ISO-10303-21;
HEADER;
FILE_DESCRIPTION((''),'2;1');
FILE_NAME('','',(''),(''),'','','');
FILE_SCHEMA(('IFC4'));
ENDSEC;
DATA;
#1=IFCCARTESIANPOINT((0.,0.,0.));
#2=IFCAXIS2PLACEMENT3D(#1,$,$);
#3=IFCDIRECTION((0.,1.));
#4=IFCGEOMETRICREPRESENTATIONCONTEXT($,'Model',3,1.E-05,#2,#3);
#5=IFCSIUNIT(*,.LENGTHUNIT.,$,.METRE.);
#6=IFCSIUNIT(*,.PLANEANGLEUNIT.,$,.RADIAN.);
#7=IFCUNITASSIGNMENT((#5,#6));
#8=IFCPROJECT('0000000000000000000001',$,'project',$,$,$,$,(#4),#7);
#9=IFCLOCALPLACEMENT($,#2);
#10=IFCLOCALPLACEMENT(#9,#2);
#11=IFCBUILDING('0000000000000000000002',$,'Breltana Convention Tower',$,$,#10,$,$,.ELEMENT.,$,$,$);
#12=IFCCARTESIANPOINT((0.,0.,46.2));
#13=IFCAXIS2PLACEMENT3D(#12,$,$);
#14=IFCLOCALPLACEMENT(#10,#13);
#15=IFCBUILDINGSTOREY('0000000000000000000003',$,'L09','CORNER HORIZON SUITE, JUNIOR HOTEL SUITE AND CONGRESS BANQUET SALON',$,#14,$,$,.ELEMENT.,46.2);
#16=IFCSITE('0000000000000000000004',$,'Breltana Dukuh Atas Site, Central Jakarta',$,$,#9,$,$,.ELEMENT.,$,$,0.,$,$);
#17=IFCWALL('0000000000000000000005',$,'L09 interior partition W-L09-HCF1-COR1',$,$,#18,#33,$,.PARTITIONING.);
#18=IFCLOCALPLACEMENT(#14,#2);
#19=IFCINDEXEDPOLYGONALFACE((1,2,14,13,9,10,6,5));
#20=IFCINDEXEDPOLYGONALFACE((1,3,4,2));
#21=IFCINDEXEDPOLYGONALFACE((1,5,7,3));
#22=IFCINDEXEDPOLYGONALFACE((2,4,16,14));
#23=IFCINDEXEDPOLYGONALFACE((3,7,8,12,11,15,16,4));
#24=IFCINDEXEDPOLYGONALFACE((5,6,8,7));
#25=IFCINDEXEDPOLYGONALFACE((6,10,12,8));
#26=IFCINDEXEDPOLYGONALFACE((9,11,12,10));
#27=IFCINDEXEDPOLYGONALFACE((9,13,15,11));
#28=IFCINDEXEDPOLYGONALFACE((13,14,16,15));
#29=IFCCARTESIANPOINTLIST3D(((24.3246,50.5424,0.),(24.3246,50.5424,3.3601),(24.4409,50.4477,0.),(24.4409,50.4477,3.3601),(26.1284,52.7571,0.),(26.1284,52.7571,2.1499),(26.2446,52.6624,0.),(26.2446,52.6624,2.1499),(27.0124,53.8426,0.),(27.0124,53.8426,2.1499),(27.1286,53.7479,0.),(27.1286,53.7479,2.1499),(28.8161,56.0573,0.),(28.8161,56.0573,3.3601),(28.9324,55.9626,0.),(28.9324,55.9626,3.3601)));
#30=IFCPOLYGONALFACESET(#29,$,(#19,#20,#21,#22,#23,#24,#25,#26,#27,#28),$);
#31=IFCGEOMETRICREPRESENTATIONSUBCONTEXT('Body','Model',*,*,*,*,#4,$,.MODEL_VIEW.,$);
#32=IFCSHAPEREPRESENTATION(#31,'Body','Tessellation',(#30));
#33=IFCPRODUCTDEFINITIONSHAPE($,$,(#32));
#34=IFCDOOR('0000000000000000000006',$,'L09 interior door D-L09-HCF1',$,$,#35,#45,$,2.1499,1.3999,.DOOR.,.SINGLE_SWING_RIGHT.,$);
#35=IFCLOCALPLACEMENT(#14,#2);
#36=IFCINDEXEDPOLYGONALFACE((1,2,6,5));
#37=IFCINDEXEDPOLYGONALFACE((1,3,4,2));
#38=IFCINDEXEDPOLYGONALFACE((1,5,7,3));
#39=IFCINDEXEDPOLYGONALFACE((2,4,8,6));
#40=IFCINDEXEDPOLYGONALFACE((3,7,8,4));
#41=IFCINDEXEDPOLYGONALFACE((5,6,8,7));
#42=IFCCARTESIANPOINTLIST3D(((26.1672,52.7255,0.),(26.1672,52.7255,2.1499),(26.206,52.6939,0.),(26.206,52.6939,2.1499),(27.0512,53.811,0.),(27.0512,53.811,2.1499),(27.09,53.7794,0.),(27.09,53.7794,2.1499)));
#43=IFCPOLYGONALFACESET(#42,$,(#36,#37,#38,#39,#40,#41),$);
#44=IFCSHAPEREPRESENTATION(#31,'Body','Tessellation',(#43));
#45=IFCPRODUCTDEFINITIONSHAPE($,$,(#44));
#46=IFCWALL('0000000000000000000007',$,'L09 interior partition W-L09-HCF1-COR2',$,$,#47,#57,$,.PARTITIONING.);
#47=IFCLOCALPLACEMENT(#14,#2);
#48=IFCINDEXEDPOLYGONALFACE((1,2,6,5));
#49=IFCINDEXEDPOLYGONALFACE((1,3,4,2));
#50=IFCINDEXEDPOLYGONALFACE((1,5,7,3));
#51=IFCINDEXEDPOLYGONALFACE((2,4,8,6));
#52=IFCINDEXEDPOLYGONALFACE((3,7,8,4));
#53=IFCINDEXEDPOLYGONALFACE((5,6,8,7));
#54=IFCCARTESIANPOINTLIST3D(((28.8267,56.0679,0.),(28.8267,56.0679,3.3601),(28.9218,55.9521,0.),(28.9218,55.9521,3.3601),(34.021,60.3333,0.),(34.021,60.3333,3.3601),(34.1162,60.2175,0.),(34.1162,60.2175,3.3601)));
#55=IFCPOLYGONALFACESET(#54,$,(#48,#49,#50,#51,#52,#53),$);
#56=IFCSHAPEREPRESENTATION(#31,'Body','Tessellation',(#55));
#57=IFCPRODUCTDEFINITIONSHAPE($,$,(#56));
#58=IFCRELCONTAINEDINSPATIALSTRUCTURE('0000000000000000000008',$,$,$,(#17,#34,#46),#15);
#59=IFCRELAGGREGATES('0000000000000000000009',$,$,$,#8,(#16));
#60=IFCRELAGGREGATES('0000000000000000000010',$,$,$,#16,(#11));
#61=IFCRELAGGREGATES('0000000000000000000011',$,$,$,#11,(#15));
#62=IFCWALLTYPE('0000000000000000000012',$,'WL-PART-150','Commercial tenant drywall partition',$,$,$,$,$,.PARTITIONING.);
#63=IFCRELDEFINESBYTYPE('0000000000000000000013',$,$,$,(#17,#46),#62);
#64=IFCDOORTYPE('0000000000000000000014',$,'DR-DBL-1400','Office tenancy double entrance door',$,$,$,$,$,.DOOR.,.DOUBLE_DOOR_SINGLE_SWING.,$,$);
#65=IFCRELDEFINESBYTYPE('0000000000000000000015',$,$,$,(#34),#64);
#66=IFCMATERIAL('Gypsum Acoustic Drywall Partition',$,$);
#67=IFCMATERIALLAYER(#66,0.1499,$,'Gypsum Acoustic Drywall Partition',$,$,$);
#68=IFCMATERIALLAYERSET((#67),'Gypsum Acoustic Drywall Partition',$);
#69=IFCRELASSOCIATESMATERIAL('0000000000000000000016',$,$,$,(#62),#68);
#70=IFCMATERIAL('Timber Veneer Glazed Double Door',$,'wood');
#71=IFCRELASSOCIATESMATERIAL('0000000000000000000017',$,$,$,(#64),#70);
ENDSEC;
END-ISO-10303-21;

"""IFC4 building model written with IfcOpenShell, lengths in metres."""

from ifc_helpers import new_model, si_unit, direction, frame, frame_2d, origin, place, context, subcontext, project, spatial, rectangle, extrude, source, transform, mapped, material, layer, layer_set, type_object, type_shapes, element, fill, save


model = new_model("IFC4")

# Units and contexts
model_context = context("Model", 3, precision=1e-05, world=origin(), true_north=direction((0.0, 1.0)))
body_context = subcontext(model_context, "Body", "Model", "MODEL_VIEW")
ifc_project = project(units=[si_unit("LENGTHUNIT", "METRE"), si_unit("PLANEANGLEUNIT", "RADIAN")], contexts=[model_context])

# Site, building, storey
site_placement = place(None, origin())
site = spatial("IfcSite", under=ifc_project, at=site_placement, Name="Breltana Dukuh Atas Site, Central Jakarta", CompositionType="ELEMENT", RefElevation=0.0)
building_placement = place(site_placement, origin())
building = spatial("IfcBuilding", under=site, at=building_placement, Name="Breltana Convention Tower", CompositionType="ELEMENT")
storey_placement = place(building_placement, frame((0.0, 0.0, 46.2)))
storey = spatial("IfcBuildingStorey", under=building, at=storey_placement, Name="L09", Description="CORNER HORIZON SUITE, JUNIOR HOTEL SUITE AND CONGRESS BANQUET SALON", CompositionType="ELEMENT", Elevation=46.2)

# Shared definitions
ifc_material_1 = material(Name="Gypsum Acoustic Drywall Partition")
ifc_layer_1 = layer(ifc_material_1, 0.1499, Name="Gypsum Acoustic Drywall Partition")
ifc_layer_set_1 = layer_set([ifc_layer_1], Name="Gypsum Acoustic Drywall Partition")
wall_type_1 = type_object("IfcWallType", Name="WL-PART-150", Description="Commercial tenant drywall partition", PredefinedType="PARTITIONING", material=ifc_layer_set_1)

# Wall, opening, door
shared_shape_1 = source(origin(), body_context, "Body", "SweptSolid", [
    extrude(rectangle(XDim=7.1125, YDim=0.1499, at=frame_2d((3.5562, 0.0))), origin(), (0.0, 0.0, 1.0), 3.3601),
])
wall_1_placement = place(storey_placement, frame((24.3828, 50.4951, 0.0), z_axis=(0.0, 0.0, 1.0), x_axis=(0.63149, 0.775384, 0.0)))
wall_1 = element("IfcWall", 1, at=wall_1_placement, inside=storey, type_object=wall_type_1, Name="L09 interior partition W-L09-HCF1-COR1", PredefinedType="PARTITIONING", context=body_context, shape_type="MappedRepresentation", body=[
    mapped(shared_shape_1, transform((0.0, 0.0, 0.0), scale=1.0)),
])
opening_1_placement = place(wall_1_placement, frame((2.8562, 0.0, 0.0)))
opening_1 = element("IfcOpeningElement", 2, at=opening_1_placement, cuts=wall_1, PredefinedType="OPENING", context=body_context, shape_type="SweptSolid", body=[
    extrude(rectangle(XDim=1.3999, YDim=2.1499, at=frame_2d((0.7, 1.075))), frame((0.0, 0.085, 0.0), z_axis=(0.0, -1.0, 0.0), x_axis=(1.0, 0.0, 0.0)), (0.0, 0.0, 1.0), 0.1699),
])
ifc_material_2 = material(Name="Timber Veneer Glazed Double Door", Category="wood")
door_type_1 = type_object("IfcDoorType", Name="DR-DBL-1400", Description="Office tenancy double entrance door", OperationType="DOUBLE_DOOR_SINGLE_SWING", PredefinedType="DOOR", material=ifc_material_2)
shared_shape_2 = source(origin(), body_context, "Body", "SweptSolid", [
    extrude(rectangle(XDim=1.3999, YDim=2.1499, at=frame_2d((0.7, 1.075))), frame((0.0, 0.0249, 0.0), z_axis=(0.0, -1.0, 0.0), x_axis=(1.0, 0.0, 0.0)), (0.0, 0.0, 1.0), 0.05),
])
type_shapes(door_type_1, [shared_shape_2])
door_1_placement = place(opening_1_placement, origin())
door_1 = element("IfcDoor", 3, at=door_1_placement, inside=storey, type_object=door_type_1, Name="L09 interior door D-L09-HCF1", OperationType="SINGLE_SWING_RIGHT", OverallHeight=2.1499, OverallWidth=1.3999, PredefinedType="DOOR", context=body_context, shape_type="MappedRepresentation", body=[
    mapped(shared_shape_2, transform((0.0, 0.0, 0.0), scale=1.0)),
])
fill(opening_1, door_1)

# Wall
shared_shape_3 = source(origin(), body_context, "Body", "SweptSolid", [
    extrude(rectangle(XDim=6.7212, YDim=0.1499, at=frame_2d((3.3606, 0.0))), origin(), (0.0, 0.0, 1.0), 3.3601),
])
wall_2_placement = place(storey_placement, frame((28.8743, 56.01, 0.0), z_axis=(0.0, 0.0, 1.0), x_axis=(0.772828, 0.634615, 0.0)))
element("IfcWall", 4, at=wall_2_placement, inside=storey, type_object=wall_type_1, Name="L09 interior partition W-L09-HCF1-COR2", PredefinedType="PARTITIONING", context=body_context, shape_type="MappedRepresentation", body=[
    mapped(shared_shape_3, transform((0.0, 0.0, 0.0), scale=1.0)),
])

save(model, "model.ifc")
